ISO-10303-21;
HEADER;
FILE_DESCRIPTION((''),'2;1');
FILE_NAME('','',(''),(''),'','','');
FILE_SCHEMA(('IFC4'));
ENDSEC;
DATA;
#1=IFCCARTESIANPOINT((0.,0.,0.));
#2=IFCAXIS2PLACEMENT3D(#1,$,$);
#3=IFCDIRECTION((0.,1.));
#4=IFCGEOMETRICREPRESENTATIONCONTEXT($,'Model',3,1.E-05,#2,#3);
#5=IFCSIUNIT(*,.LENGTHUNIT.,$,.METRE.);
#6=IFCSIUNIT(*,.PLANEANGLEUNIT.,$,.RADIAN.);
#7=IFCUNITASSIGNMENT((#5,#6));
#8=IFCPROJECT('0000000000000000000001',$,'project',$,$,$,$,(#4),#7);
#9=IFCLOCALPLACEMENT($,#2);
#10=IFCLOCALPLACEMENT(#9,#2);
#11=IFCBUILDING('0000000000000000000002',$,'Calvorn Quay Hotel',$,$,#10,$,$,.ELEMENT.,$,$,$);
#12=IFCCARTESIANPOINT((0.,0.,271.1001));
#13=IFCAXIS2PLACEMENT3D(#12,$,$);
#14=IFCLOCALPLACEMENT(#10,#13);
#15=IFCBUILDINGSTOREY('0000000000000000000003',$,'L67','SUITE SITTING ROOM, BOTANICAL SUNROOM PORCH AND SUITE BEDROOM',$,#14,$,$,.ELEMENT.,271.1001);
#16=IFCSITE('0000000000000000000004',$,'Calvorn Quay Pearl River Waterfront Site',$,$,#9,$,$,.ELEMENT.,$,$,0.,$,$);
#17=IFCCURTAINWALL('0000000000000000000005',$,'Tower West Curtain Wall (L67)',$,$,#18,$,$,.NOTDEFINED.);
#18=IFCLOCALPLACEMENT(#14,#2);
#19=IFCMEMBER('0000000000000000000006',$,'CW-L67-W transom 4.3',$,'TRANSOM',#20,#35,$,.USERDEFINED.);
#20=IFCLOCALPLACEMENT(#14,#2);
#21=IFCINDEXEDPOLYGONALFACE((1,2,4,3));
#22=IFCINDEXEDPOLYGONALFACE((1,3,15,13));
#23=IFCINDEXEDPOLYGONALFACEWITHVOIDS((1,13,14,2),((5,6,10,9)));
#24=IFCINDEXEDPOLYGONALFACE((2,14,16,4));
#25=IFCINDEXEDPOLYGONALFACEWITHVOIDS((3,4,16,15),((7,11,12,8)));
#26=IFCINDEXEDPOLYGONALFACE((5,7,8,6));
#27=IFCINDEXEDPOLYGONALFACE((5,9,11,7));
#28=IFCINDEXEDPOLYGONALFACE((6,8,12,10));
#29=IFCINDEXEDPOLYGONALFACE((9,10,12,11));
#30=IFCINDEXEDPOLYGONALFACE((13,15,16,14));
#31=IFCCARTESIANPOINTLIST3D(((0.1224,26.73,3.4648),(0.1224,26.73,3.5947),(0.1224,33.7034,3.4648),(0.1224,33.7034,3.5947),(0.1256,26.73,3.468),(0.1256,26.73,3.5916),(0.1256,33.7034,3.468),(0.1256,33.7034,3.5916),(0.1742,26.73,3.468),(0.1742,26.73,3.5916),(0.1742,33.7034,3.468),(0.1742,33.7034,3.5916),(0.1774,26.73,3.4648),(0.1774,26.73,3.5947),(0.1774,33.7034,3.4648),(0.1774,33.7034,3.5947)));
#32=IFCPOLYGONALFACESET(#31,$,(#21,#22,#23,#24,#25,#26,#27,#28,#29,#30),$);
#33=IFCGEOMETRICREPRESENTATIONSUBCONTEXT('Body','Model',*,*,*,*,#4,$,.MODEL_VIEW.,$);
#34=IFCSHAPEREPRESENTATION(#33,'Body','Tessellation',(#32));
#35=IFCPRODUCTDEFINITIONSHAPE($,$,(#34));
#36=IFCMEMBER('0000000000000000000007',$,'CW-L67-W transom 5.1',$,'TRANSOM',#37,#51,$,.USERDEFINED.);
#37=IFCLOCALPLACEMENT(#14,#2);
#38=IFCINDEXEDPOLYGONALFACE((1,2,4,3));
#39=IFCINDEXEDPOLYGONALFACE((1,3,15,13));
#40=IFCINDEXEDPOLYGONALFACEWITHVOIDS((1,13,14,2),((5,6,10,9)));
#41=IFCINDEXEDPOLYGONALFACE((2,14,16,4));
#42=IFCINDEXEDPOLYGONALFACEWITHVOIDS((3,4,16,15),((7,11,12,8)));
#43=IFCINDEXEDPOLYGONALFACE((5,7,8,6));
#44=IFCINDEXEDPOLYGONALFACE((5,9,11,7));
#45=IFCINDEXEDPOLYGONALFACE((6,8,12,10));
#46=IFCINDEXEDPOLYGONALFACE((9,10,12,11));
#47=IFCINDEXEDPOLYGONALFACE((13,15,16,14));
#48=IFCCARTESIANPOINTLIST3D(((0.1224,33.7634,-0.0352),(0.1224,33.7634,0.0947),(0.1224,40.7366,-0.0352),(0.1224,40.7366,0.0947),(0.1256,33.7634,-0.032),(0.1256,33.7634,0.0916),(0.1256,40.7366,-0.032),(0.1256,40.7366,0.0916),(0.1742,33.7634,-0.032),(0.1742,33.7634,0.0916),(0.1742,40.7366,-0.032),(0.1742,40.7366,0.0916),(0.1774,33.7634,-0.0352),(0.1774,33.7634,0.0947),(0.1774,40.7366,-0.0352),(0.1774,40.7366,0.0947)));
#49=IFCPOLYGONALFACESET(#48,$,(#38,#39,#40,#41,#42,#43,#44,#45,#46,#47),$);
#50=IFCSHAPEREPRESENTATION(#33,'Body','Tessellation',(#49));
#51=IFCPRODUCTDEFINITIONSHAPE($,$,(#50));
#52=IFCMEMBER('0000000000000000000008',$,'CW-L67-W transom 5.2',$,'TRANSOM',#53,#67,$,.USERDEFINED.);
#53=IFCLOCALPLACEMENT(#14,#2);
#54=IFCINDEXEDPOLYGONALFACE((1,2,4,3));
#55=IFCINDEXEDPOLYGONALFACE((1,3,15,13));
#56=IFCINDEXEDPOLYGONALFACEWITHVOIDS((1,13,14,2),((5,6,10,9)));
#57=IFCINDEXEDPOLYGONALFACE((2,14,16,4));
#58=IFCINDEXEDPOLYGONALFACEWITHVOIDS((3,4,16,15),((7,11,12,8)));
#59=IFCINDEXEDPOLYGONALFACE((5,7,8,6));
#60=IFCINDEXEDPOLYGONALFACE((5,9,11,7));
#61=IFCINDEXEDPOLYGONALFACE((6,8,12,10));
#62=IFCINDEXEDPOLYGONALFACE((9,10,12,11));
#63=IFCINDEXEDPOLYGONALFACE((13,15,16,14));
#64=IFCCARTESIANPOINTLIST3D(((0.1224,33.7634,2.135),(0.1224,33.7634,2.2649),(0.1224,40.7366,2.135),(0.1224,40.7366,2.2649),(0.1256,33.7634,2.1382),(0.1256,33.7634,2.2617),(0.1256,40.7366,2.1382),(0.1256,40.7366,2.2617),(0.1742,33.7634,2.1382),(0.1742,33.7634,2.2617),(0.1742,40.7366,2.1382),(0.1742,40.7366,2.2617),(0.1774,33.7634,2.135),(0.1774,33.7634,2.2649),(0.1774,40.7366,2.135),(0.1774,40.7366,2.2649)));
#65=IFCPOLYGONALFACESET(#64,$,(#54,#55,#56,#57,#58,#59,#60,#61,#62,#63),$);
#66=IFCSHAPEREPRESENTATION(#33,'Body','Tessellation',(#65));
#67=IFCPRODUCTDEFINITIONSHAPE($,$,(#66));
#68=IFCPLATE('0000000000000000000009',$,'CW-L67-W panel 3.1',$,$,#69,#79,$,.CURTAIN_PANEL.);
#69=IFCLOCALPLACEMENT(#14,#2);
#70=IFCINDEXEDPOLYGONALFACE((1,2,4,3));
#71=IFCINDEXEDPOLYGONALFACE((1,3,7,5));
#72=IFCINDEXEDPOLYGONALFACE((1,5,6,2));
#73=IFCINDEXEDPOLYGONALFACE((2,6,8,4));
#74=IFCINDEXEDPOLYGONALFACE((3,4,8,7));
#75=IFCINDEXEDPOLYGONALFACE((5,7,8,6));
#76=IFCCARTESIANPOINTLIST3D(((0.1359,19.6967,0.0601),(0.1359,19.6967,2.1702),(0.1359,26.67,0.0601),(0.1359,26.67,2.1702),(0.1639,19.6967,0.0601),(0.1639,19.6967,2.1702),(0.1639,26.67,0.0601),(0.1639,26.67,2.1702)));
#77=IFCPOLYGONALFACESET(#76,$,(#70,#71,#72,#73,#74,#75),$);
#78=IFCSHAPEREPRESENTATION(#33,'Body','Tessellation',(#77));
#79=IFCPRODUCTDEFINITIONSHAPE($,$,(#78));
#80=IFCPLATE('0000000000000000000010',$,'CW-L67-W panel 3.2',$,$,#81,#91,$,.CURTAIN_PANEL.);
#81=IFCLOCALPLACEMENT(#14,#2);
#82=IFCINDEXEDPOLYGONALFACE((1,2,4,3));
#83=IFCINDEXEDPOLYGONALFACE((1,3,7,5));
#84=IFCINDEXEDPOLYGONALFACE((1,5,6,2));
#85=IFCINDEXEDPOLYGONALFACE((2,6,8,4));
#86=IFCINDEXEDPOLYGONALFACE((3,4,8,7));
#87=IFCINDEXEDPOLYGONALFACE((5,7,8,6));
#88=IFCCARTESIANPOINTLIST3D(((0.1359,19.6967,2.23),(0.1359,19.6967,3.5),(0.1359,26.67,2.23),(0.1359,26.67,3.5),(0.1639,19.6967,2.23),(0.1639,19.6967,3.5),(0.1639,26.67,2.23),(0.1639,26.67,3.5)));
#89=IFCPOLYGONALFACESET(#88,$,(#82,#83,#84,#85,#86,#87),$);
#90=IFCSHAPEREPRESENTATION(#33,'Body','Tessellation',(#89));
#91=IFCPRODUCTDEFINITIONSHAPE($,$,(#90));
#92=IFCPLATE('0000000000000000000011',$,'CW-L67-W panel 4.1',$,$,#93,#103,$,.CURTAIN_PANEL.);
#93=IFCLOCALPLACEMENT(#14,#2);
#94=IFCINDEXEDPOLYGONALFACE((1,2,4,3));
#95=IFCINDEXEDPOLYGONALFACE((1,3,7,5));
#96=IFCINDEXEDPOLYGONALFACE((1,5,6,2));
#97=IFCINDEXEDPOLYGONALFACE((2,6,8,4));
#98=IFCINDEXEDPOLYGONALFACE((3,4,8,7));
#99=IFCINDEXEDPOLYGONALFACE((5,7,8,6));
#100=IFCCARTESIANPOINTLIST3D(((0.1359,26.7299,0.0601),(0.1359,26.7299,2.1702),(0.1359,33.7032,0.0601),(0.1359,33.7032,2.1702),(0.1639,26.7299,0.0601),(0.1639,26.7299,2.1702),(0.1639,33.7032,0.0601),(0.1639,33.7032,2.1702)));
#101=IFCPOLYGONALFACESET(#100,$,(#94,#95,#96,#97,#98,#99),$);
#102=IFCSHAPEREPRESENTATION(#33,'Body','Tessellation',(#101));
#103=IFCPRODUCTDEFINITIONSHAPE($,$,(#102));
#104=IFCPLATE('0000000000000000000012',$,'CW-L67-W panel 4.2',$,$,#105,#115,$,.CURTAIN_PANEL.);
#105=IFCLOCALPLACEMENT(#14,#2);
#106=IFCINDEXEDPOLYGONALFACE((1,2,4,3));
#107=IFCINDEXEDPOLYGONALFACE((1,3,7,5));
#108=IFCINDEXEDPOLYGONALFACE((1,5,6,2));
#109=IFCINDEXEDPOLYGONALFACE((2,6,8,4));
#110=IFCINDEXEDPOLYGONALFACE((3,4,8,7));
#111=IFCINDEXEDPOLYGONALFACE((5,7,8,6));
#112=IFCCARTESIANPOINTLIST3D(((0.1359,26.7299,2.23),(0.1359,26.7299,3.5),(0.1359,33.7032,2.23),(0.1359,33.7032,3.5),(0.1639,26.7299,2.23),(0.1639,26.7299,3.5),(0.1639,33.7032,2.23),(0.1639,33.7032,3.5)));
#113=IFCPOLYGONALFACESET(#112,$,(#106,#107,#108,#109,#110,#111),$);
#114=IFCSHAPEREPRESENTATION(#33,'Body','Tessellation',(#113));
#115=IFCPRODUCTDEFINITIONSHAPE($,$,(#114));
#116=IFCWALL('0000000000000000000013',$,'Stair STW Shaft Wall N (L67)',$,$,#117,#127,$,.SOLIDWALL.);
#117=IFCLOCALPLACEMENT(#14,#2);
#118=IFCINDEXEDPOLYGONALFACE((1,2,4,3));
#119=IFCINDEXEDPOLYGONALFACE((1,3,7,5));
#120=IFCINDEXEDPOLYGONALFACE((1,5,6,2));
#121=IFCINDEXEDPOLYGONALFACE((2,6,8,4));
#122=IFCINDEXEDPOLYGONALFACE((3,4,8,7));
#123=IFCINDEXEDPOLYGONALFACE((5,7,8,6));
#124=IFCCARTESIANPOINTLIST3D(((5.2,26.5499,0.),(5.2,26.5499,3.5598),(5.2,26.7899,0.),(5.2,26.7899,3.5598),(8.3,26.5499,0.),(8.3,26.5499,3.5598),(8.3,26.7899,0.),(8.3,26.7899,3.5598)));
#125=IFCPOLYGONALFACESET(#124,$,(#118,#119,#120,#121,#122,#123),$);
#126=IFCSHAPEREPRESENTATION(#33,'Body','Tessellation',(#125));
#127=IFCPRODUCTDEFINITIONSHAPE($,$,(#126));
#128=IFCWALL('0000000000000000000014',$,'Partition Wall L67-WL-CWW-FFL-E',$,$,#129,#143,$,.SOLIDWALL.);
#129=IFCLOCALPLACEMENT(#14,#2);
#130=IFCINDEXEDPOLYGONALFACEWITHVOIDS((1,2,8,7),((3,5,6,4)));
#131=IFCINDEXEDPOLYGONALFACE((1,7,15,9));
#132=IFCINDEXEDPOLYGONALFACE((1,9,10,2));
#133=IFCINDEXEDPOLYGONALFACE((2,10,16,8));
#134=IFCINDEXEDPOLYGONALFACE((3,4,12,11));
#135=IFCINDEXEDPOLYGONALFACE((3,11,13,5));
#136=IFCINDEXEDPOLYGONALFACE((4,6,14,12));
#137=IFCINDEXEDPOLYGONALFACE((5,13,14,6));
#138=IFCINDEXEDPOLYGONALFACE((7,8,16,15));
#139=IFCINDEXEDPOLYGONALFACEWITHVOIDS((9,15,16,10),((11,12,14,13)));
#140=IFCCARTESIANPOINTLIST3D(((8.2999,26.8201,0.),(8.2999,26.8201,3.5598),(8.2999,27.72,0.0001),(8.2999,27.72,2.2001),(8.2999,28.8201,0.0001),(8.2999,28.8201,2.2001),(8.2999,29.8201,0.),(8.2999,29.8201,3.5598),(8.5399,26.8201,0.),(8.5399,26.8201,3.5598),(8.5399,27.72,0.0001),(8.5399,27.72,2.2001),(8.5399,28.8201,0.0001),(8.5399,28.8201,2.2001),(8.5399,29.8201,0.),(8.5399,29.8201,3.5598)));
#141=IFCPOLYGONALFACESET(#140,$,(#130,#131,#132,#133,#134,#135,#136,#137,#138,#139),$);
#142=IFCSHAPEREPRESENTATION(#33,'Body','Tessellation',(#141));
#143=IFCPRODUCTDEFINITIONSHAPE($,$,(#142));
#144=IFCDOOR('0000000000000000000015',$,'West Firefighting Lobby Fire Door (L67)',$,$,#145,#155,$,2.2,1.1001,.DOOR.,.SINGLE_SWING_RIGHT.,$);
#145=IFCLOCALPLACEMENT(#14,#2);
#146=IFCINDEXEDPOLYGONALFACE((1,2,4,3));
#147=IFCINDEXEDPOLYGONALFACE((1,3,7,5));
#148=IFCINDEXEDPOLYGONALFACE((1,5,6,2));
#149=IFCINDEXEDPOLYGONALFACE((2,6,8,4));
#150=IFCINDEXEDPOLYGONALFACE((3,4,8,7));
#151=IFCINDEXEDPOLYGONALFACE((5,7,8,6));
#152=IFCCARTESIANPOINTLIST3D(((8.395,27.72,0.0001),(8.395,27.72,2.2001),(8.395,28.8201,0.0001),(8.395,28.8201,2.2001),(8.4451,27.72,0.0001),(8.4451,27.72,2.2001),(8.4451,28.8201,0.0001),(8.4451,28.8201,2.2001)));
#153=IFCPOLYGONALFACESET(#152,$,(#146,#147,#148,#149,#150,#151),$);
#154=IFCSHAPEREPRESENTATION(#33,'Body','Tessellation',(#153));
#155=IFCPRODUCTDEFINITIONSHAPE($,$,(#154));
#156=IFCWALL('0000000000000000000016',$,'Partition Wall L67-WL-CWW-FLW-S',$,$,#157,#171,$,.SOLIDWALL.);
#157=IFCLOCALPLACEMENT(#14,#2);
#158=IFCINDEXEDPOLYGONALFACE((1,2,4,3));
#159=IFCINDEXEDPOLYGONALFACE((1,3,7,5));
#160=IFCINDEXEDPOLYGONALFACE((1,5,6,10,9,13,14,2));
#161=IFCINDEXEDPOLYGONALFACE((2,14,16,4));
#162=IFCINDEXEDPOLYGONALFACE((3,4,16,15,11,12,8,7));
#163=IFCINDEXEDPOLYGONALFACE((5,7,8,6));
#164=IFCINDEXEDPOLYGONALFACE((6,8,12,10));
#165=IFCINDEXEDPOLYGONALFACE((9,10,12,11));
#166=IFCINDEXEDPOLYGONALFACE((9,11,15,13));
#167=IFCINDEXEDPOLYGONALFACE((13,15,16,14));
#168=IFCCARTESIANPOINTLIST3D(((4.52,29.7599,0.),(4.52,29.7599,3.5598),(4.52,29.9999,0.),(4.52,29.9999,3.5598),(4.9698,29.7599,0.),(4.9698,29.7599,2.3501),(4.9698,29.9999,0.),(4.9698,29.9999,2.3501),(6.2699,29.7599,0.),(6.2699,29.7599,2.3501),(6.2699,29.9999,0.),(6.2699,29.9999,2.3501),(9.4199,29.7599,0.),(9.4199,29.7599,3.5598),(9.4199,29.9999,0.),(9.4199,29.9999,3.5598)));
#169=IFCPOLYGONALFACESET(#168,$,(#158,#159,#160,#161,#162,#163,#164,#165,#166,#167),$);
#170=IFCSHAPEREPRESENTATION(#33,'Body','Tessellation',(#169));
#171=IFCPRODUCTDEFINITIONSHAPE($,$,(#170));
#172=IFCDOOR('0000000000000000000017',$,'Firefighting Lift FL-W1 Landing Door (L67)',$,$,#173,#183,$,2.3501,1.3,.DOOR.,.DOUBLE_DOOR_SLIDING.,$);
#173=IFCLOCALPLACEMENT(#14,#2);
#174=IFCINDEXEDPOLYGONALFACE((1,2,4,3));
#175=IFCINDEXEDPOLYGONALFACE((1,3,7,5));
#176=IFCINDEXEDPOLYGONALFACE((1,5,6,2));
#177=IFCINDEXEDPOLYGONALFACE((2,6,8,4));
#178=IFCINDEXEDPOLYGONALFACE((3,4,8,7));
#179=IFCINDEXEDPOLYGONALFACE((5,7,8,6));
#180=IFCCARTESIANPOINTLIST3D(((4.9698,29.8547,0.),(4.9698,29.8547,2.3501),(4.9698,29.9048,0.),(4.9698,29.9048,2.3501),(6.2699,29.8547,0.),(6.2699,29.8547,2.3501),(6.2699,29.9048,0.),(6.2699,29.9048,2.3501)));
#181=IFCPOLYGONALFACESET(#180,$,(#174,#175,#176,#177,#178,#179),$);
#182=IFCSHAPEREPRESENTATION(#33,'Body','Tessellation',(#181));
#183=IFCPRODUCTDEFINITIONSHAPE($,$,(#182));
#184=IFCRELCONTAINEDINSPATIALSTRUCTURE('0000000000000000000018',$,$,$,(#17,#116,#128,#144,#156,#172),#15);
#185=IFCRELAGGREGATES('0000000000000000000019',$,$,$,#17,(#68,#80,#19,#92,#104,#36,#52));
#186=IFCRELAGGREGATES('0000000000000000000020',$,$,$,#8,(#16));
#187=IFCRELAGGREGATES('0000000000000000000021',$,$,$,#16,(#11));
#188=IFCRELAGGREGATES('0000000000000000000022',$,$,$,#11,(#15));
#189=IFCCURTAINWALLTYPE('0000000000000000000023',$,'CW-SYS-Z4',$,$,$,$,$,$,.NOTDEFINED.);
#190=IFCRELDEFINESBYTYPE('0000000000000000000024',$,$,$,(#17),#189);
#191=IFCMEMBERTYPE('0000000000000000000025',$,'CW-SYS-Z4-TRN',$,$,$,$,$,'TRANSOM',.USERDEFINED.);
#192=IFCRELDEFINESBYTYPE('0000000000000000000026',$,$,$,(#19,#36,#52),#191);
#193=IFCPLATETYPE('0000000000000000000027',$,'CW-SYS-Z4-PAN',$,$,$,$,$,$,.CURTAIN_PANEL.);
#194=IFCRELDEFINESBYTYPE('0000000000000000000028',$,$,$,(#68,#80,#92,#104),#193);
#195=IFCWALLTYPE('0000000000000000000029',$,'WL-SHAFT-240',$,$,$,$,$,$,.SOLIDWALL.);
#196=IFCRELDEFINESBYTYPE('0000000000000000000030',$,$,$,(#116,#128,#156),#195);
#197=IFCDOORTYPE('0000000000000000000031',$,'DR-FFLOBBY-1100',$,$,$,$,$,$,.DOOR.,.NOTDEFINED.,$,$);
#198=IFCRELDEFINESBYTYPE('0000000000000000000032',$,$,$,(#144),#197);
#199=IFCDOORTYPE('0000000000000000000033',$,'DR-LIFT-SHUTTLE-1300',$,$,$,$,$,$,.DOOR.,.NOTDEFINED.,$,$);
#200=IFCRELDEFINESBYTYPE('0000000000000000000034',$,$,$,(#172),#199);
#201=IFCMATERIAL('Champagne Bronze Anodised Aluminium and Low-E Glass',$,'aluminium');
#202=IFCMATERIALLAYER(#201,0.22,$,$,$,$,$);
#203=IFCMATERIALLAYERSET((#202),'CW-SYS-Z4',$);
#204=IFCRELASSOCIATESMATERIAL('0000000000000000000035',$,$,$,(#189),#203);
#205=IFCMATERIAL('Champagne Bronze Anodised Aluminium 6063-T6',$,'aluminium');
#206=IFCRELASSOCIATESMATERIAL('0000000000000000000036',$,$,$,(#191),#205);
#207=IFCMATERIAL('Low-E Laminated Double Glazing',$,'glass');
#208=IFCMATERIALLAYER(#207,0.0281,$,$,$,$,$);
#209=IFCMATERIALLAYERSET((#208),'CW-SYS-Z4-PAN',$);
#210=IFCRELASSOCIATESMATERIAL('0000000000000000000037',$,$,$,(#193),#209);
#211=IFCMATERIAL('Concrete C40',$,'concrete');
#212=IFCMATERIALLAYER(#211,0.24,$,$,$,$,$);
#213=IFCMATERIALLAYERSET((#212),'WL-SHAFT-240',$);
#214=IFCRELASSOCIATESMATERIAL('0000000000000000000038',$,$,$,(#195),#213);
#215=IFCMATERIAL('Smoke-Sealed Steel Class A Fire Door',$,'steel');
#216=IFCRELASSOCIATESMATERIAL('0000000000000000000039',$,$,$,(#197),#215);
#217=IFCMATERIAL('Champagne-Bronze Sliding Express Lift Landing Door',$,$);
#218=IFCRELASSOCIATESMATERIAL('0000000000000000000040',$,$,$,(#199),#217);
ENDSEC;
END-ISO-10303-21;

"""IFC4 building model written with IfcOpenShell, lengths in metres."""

from ifc_helpers import new_model, si_unit, direction, frame, frame_2d, origin, origin_2d, place, context, subcontext, project, spatial, rectangle, hollow_rectangle, extrude, material, layer, layer_set, material_profile, profile_set, type_object, element, fill, aggregate, save


model = new_model("IFC4")

# Units and contexts
model_context = context("Model", 3, precision=1e-05, world=origin(), true_north=direction((0.0, 1.0)))
body_context = subcontext(model_context, "Body", "Model", "MODEL_VIEW")
ifc_project = project(units=[si_unit("LENGTHUNIT", "METRE"), si_unit("PLANEANGLEUNIT", "RADIAN")], contexts=[model_context])

# Site, building, storey
site_placement = place(None, origin())
site = spatial("IfcSite", under=ifc_project, at=site_placement, Name="Calvorn Quay Pearl River Waterfront Site", CompositionType="ELEMENT", RefElevation=0.0)
building_placement = place(site_placement, origin())
building = spatial("IfcBuilding", under=site, at=building_placement, Name="Calvorn Quay Hotel", CompositionType="ELEMENT")
storey_placement = place(building_placement, frame((0.0, 0.0, 271.1001)))
storey = spatial("IfcBuildingStorey", under=building, at=storey_placement, Name="L67", Description="SUITE SITTING ROOM, BOTANICAL SUNROOM PORCH AND SUITE BEDROOM", CompositionType="ELEMENT", Elevation=271.1001)

# Curtain wall, members, plates
ifc_material_1 = material(Name="Champagne Bronze Anodised Aluminium and Low-E Glass", Category="aluminium")
ifc_layer_1 = layer(ifc_material_1, 0.22)
ifc_layer_set_1 = layer_set([ifc_layer_1], Name="CW-SYS-Z4")
curtain_wall_type = type_object("IfcCurtainWallType", Name="CW-SYS-Z4", PredefinedType="NOTDEFINED", material=ifc_layer_set_1)
curtain_wall_placement = place(storey_placement, origin())
curtain_wall = element("IfcCurtainWall", 1, at=curtain_wall_placement, inside=storey, type_object=curtain_wall_type, Name="Tower West Curtain Wall (L67)", PredefinedType="NOTDEFINED")
ifc_material_2 = material(Name="Champagne Bronze Anodised Aluminium 6063-T6", Category="aluminium")
ifc_material_profile_1 = material_profile(ifc_material_2, hollow_rectangle(XDim=0.0549, YDim=0.1299, WallThickness=0.0032, at=origin_2d()), Name="ALU-T130x55x3.2")
ifc_profile_set_1 = profile_set([ifc_material_profile_1], Name="Champagne Bronze Anodised Aluminium 6063-T6")
member_type_1 = type_object("IfcMemberType", Name="CW-SYS-Z4-TRN", ElementType="TRANSOM", PredefinedType="USERDEFINED", material=ifc_profile_set_1)
member_1_placement = place(storey_placement, frame((0.1499, 26.73, 3.5298), z_axis=(0.0, 1.0, 0.0), x_axis=(-1.0, 0.0, 0.0)))
member_1 = element("IfcMember", 2, at=member_1_placement, type_object=member_type_1, Name="CW-L67-W transom 4.3", ObjectType="TRANSOM", PredefinedType="USERDEFINED", context=body_context, shape_type="SweptSolid", body=[
    extrude(hollow_rectangle(XDim=0.0549, YDim=0.1299, WallThickness=0.0032, at=origin_2d()), origin(), (0.0, 0.0, 1.0), 6.9734),
])
member_2_placement = place(storey_placement, frame((0.1499, 33.7634, 0.0298), z_axis=(0.0, 1.0, 0.0), x_axis=(-1.0, 0.0, 0.0)))
member_2 = element("IfcMember", 3, at=member_2_placement, type_object=member_type_1, Name="CW-L67-W transom 5.1", ObjectType="TRANSOM", PredefinedType="USERDEFINED", context=body_context, shape_type="SweptSolid", body=[
    extrude(hollow_rectangle(XDim=0.0549, YDim=0.1299, WallThickness=0.0032, at=origin_2d()), origin(), (0.0, 0.0, 1.0), 6.9731),
])
member_3_placement = place(storey_placement, frame((0.1499, 33.7634, 2.2), z_axis=(0.0, 1.0, 0.0), x_axis=(-1.0, 0.0, 0.0)))
member_3 = element("IfcMember", 4, at=member_3_placement, type_object=member_type_1, Name="CW-L67-W transom 5.2", ObjectType="TRANSOM", PredefinedType="USERDEFINED", context=body_context, shape_type="SweptSolid", body=[
    extrude(hollow_rectangle(XDim=0.0549, YDim=0.1299, WallThickness=0.0032, at=origin_2d()), origin(), (0.0, 0.0, 1.0), 6.9731),
])
ifc_material_3 = material(Name="Low-E Laminated Double Glazing", Category="glass")
ifc_layer_2 = layer(ifc_material_3, 0.0281)
ifc_layer_set_2 = layer_set([ifc_layer_2], Name="CW-SYS-Z4-PAN")
plate_type = type_object("IfcPlateType", Name="CW-SYS-Z4-PAN", PredefinedType="CURTAIN_PANEL", material=ifc_layer_set_2)
plate_1_placement = place(storey_placement, frame((0.1499, 23.1833, 0.0601), z_axis=(0.0, 0.0, 1.0), x_axis=(0.0, 1.0, 0.0)))
plate_1 = element("IfcPlate", 5, at=plate_1_placement, type_object=plate_type, Name="CW-L67-W panel 3.1", PredefinedType="CURTAIN_PANEL", context=body_context, shape_type="SweptSolid", body=[
    extrude(rectangle(XDim=6.9734, YDim=0.0281, at=origin_2d()), origin(), (0.0, 0.0, 1.0), 2.1101),
])
plate_2_placement = place(storey_placement, frame((0.1499, 23.1833, 2.23), z_axis=(0.0, 0.0, 1.0), x_axis=(0.0, 1.0, 0.0)))
plate_2 = element("IfcPlate", 6, at=plate_2_placement, type_object=plate_type, Name="CW-L67-W panel 3.2", PredefinedType="CURTAIN_PANEL", context=body_context, shape_type="SweptSolid", body=[
    extrude(rectangle(XDim=6.9734, YDim=0.0281, at=origin_2d()), origin(), (0.0, 0.0, 1.0), 1.27),
])
plate_3_placement = place(storey_placement, frame((0.1499, 30.2166, 0.0601), z_axis=(0.0, 0.0, 1.0), x_axis=(0.0, 1.0, 0.0)))
plate_3 = element("IfcPlate", 7, at=plate_3_placement, type_object=plate_type, Name="CW-L67-W panel 4.1", PredefinedType="CURTAIN_PANEL", context=body_context, shape_type="SweptSolid", body=[
    extrude(rectangle(XDim=6.9734, YDim=0.0281, at=origin_2d()), origin(), (0.0, 0.0, 1.0), 2.1101),
])
plate_4_placement = place(storey_placement, frame((0.1499, 30.2166, 2.23), z_axis=(0.0, 0.0, 1.0), x_axis=(0.0, 1.0, 0.0)))
plate_4 = element("IfcPlate", 8, at=plate_4_placement, type_object=plate_type, Name="CW-L67-W panel 4.2", PredefinedType="CURTAIN_PANEL", context=body_context, shape_type="SweptSolid", body=[
    extrude(rectangle(XDim=6.9734, YDim=0.0281, at=origin_2d()), origin(), (0.0, 0.0, 1.0), 1.27),
])
aggregate(curtain_wall, [plate_1, plate_2, member_1, plate_3, plate_4, member_2, member_3])

# Wall
ifc_material_4 = material(Name="Concrete C40", Category="concrete")
ifc_layer_3 = layer(ifc_material_4, 0.24)
ifc_layer_set_3 = layer_set([ifc_layer_3], Name="WL-SHAFT-240")
wall_type = type_object("IfcWallType", Name="WL-SHAFT-240", PredefinedType="SOLIDWALL", material=ifc_layer_set_3)
wall_1_placement = place(storey_placement, frame((5.2, 26.6699, 0.0), z_axis=(0.0, 0.0, 1.0), x_axis=(1.0, 0.0, 0.0)))
element("IfcWall", 9, at=wall_1_placement, inside=storey, type_object=wall_type, Name="Stair STW Shaft Wall N (L67)", PredefinedType="SOLIDWALL", context=body_context, shape_type="SweptSolid", body=[
    extrude(rectangle(XDim=3.1001, YDim=0.24, at=frame_2d((1.55, 0.0))), origin(), (0.0, 0.0, 1.0), 3.5598),
])

# Walls, openings, doors
wall_2_placement = place(storey_placement, frame((8.4199, 26.8201, 0.0), z_axis=(0.0, 0.0, 1.0), x_axis=(0.0, 1.0, 0.0)))
wall_2 = element("IfcWall", 10, at=wall_2_placement, inside=storey, type_object=wall_type, Name="Partition Wall L67-WL-CWW-FFL-E", PredefinedType="SOLIDWALL", context=body_context, shape_type="SweptSolid", body=[
    extrude(rectangle(XDim=3.0, YDim=0.24, at=frame_2d((1.5, 0.0))), origin(), (0.0, 0.0, 1.0), 3.5598),
])
opening_1_placement = place(wall_2_placement, frame((0.8999, 0.0, 0.0)))
opening_1 = element("IfcOpeningElement", 11, at=opening_1_placement, cuts=wall_2, PredefinedType="OPENING", context=body_context, shape_type="SweptSolid", body=[
    extrude(rectangle(XDim=1.1001, YDim=2.2, at=frame_2d((0.55, 1.1001))), frame((0.0, 0.1299, 0.0), z_axis=(0.0, -1.0, 0.0), x_axis=(1.0, 0.0, 0.0)), (0.0, 0.0, 1.0), 0.26),
])
ifc_material_5 = material(Name="Smoke-Sealed Steel Class A Fire Door", Category="steel")
door_type_1 = type_object("IfcDoorType", Name="DR-FFLOBBY-1100", OperationType="NOTDEFINED", PredefinedType="DOOR", material=ifc_material_5)
door_1_placement = place(opening_1_placement, origin())
door_1 = element("IfcDoor", 12, at=door_1_placement, inside=storey, type_object=door_type_1, Name="West Firefighting Lobby Fire Door (L67)", OperationType="SINGLE_SWING_RIGHT", OverallHeight=2.2, OverallWidth=1.1001, PredefinedType="DOOR", context=body_context, shape_type="SweptSolid", body=[
    extrude(rectangle(XDim=1.1001, YDim=2.2, at=frame_2d((0.55, 1.1001))), frame((0.0, 0.0249, 0.0), z_axis=(0.0, -1.0, 0.0), x_axis=(1.0, 0.0, 0.0)), (0.0, 0.0, 1.0), 0.05),
])
fill(opening_1, door_1)
wall_3_placement = place(storey_placement, frame((4.52, 29.8799, 0.0), z_axis=(0.0, 0.0, 1.0), x_axis=(1.0, 0.0, 0.0)))
wall_3 = element("IfcWall", 13, at=wall_3_placement, inside=storey, type_object=wall_type, Name="Partition Wall L67-WL-CWW-FLW-S", PredefinedType="SOLIDWALL", context=body_context, shape_type="SweptSolid", body=[
    extrude(rectangle(XDim=4.8999, YDim=0.24, at=frame_2d((2.45, 0.0))), origin(), (0.0, 0.0, 1.0), 3.5598),
])
opening_2_placement = place(wall_3_placement, frame((0.45, 0.0, 0.0)))
opening_2 = element("IfcOpeningElement", 14, at=opening_2_placement, cuts=wall_3, PredefinedType="OPENING", context=body_context, shape_type="SweptSolid", body=[
    extrude(rectangle(XDim=1.3, YDim=2.3501, at=frame_2d((0.6499, 1.175))), frame((0.0, 0.1299, 0.0), z_axis=(0.0, -1.0, 0.0), x_axis=(1.0, 0.0, 0.0)), (0.0, 0.0, 1.0), 0.26),
])
ifc_material_6 = material(Name="Champagne-Bronze Sliding Express Lift Landing Door")
door_type_2 = type_object("IfcDoorType", Name="DR-LIFT-SHUTTLE-1300", OperationType="NOTDEFINED", PredefinedType="DOOR", material=ifc_material_6)
door_2_placement = place(opening_2_placement, origin())
door_2 = element("IfcDoor", 15, at=door_2_placement, inside=storey, type_object=door_type_2, Name="Firefighting Lift FL-W1 Landing Door (L67)", OperationType="DOUBLE_DOOR_SLIDING", OverallHeight=2.3501, OverallWidth=1.3, PredefinedType="DOOR", context=body_context, shape_type="SweptSolid", body=[
    extrude(rectangle(XDim=1.3, YDim=2.3501, at=frame_2d((0.6499, 1.175))), frame((0.0, 0.0249, 0.0), z_axis=(0.0, -1.0, 0.0), x_axis=(1.0, 0.0, 0.0)), (0.0, 0.0, 1.0), 0.05),
])
fill(opening_2, door_2)

save(model, "model.ifc")
